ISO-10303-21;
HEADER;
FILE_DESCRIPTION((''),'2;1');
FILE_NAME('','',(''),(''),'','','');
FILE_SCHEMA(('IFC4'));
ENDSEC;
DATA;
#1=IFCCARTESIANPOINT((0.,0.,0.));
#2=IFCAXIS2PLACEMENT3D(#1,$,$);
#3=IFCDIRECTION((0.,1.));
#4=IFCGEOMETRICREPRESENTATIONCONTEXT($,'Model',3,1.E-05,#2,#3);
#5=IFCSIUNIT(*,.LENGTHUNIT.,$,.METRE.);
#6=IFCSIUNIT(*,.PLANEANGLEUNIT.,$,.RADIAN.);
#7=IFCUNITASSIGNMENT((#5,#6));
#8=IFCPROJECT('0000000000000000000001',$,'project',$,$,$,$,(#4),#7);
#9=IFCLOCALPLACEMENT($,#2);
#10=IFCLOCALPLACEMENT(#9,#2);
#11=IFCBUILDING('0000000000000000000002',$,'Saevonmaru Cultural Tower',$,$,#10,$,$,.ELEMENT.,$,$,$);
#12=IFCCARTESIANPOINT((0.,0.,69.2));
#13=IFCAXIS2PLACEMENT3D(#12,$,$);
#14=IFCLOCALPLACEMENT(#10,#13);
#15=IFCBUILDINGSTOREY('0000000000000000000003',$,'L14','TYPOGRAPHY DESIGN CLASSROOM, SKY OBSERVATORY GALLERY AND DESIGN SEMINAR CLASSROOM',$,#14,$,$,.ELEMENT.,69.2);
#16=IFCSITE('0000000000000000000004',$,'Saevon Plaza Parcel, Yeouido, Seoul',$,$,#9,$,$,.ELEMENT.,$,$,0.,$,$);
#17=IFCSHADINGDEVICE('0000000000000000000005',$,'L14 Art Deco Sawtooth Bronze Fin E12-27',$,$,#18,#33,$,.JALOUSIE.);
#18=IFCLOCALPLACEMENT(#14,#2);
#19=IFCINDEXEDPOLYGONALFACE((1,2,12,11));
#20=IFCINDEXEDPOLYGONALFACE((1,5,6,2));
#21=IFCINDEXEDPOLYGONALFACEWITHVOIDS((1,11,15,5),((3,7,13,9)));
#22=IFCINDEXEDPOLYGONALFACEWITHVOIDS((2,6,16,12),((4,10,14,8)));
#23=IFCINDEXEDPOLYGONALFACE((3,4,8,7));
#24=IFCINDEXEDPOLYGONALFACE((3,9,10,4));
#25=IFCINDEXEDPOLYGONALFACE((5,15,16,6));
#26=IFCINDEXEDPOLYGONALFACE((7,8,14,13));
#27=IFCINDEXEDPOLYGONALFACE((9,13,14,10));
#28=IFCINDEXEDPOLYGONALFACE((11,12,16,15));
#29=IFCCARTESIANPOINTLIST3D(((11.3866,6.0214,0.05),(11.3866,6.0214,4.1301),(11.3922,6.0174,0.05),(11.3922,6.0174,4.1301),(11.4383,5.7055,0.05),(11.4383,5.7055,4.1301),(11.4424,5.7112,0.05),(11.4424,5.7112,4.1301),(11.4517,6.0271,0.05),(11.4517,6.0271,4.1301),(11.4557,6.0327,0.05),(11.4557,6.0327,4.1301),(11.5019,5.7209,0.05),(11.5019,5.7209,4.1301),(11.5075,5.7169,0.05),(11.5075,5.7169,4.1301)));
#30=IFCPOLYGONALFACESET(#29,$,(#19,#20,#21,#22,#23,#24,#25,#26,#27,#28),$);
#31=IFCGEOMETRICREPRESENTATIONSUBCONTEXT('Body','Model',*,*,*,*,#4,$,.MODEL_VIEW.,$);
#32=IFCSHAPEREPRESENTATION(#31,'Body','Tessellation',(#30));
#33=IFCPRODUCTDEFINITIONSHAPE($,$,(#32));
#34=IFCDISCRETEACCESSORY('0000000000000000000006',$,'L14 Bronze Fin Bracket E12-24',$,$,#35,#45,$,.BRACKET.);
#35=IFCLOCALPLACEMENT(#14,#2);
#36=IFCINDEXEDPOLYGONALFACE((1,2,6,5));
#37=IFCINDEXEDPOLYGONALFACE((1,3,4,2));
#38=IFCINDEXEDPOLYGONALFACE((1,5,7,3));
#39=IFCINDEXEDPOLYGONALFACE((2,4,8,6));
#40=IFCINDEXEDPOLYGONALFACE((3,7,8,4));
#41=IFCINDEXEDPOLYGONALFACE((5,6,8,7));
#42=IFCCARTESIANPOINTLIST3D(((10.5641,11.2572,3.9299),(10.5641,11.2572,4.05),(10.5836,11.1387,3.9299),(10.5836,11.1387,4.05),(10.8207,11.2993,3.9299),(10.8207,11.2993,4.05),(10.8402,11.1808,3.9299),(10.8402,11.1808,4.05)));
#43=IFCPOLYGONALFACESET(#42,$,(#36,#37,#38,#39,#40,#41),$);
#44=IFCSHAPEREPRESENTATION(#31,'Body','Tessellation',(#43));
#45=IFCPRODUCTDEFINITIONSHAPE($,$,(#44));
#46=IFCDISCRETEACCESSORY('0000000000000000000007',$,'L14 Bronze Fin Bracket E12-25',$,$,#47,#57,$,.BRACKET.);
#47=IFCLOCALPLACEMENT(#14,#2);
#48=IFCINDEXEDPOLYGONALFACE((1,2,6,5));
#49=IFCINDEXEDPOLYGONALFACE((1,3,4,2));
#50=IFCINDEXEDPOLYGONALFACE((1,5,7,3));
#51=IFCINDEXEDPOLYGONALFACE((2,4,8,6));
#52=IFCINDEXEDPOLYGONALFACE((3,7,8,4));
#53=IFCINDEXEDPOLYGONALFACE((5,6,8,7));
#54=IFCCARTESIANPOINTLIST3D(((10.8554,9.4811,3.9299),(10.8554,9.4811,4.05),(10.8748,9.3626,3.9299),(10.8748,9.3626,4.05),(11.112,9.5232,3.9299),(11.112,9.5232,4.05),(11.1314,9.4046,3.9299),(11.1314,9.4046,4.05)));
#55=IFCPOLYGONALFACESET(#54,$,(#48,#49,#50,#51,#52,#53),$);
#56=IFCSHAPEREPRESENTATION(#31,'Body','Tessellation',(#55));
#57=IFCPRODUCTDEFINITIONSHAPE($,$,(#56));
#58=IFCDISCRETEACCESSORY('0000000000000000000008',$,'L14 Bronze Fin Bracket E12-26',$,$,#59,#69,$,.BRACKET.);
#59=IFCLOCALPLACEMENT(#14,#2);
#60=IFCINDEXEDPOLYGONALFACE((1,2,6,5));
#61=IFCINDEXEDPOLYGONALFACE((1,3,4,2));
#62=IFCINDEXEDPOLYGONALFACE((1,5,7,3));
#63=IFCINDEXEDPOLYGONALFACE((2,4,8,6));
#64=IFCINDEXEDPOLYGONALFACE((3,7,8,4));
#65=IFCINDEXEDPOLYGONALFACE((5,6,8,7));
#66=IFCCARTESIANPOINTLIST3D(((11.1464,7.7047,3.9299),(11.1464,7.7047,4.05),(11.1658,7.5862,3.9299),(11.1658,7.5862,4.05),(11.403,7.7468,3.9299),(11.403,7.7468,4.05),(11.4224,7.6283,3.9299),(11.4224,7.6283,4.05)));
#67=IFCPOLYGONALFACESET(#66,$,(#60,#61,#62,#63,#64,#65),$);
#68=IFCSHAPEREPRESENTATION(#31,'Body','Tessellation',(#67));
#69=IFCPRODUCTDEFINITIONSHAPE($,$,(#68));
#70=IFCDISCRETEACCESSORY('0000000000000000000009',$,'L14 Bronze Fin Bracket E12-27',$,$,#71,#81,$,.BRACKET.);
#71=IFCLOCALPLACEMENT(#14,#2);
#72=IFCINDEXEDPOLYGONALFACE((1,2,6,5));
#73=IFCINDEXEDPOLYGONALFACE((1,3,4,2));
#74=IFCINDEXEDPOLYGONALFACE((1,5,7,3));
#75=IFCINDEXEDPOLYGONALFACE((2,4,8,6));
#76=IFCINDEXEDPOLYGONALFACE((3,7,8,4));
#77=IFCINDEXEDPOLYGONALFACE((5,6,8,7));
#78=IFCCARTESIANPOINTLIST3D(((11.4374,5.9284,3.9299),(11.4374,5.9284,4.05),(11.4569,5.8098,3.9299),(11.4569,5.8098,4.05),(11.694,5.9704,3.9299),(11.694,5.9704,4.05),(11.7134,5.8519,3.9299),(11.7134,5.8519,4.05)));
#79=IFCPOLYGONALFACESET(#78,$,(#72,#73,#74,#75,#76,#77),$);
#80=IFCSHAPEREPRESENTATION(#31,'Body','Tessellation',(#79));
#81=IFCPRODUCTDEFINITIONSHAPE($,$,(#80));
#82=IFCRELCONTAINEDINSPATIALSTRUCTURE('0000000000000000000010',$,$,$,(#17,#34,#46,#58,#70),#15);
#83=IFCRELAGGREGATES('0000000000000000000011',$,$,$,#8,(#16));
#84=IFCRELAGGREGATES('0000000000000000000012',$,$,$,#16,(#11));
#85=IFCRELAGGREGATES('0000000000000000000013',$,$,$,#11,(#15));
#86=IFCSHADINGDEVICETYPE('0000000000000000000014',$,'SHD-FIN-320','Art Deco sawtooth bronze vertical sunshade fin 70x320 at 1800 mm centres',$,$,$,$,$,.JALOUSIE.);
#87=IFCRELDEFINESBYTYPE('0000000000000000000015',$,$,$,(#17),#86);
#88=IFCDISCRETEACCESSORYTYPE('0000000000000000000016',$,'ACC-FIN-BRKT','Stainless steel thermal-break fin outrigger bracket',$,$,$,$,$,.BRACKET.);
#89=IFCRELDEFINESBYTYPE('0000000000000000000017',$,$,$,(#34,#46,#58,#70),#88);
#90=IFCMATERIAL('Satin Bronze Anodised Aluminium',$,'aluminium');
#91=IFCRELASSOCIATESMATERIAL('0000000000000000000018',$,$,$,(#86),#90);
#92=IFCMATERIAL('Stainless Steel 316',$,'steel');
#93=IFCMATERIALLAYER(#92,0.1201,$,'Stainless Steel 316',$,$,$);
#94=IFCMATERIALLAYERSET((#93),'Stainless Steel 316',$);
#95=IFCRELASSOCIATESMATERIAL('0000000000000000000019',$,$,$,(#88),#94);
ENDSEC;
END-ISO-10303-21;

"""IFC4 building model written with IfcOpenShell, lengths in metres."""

from ifc_helpers import new_model, si_unit, direction, frame, origin, origin_2d, place, context, subcontext, project, spatial, rectangle, hollow_rectangle, extrude, material, layer, layer_set, material_profile, profile_set, type_object, element, save


model = new_model("IFC4")

# Units and contexts
model_context = context("Model", 3, precision=1e-05, world=origin(), true_north=direction((0.0, 1.0)))
body_context = subcontext(model_context, "Body", "Model", "MODEL_VIEW")
ifc_project = project(units=[si_unit("LENGTHUNIT", "METRE"), si_unit("PLANEANGLEUNIT", "RADIAN")], contexts=[model_context])

# Site, building, storey
site_placement = place(None, origin())
site = spatial("IfcSite", under=ifc_project, at=site_placement, Name="Saevon Plaza Parcel, Yeouido, Seoul", CompositionType="ELEMENT", RefElevation=0.0)
building_placement = place(site_placement, origin())
building = spatial("IfcBuilding", under=site, at=building_placement, Name="Saevonmaru Cultural Tower", CompositionType="ELEMENT")
storey_placement = place(building_placement, frame((0.0, 0.0, 69.2)))
storey = spatial("IfcBuildingStorey", under=building, at=storey_placement, Name="L14", Description="TYPOGRAPHY DESIGN CLASSROOM, SKY OBSERVATORY GALLERY AND DESIGN SEMINAR CLASSROOM", CompositionType="ELEMENT", Elevation=69.2)

# Shared definitions
ifc_material_1 = material(Name="Satin Bronze Anodised Aluminium", Category="aluminium")

# Shading device
ifc_material_profile_1 = material_profile(ifc_material_1, hollow_rectangle(XDim=0.0701, YDim=0.3201, WallThickness=0.0049, at=origin_2d()), Name="FIN-320x70")
ifc_profile_set_1 = profile_set([ifc_material_profile_1], Name="Satin Bronze Anodised Aluminium")
shading_device_type = type_object("IfcShadingDeviceType", Name="SHD-FIN-320", Description="Art Deco sawtooth bronze vertical sunshade fin 70x320 at 1800 mm centres", PredefinedType="JALOUSIE", material=ifc_profile_set_1)
for number, where, z_axis, x_axis, name in (
    (1, (11.447, 5.8691, 0.05), (0.0, 0.0, 1.0), (-0.986827, -0.161776, 0.0), "L14 Art Deco Sawtooth Bronze Fin E12-27"),
):
    element("IfcShadingDevice", number, at=place(storey_placement, frame(where, z_axis=z_axis, x_axis=x_axis)), inside=storey, type_object=shading_device_type, Name=name, PredefinedType="JALOUSIE", context=body_context, shape_type="SweptSolid", body=[
        extrude(hollow_rectangle(XDim=0.0701, YDim=0.3201, WallThickness=0.0049, at=origin_2d()), origin(), (0.0, 0.0, 1.0), 4.0801),
    ])

# Discrete accessories
ifc_material_2 = material(Name="Stainless Steel 316", Category="steel")
ifc_layer_1 = layer(ifc_material_2, 0.1201, Name="Stainless Steel 316")
ifc_layer_set_1 = layer_set([ifc_layer_1], Name="Stainless Steel 316")
discrete_accessory_type = type_object("IfcDiscreteAccessoryType", Name="ACC-FIN-BRKT", Description="Stainless steel thermal-break fin outrigger bracket", PredefinedType="BRACKET", material=ifc_layer_set_1)
for number, where, z_axis, x_axis, name in (
    (2, (10.7021, 11.219, 3.9299), (0.0, 0.0, 1.0), (-0.986827, -0.161776, 0.0), "L14 Bronze Fin Bracket E12-24"),
    (3, (10.9934, 9.4429, 3.9299), (0.0, 0.0, 1.0), (-0.986827, -0.161776, 0.0), "L14 Bronze Fin Bracket E12-25"),
    (4, (11.2844, 7.6665, 3.9299), (0.0, 0.0, 1.0), (-0.986827, -0.161776, 0.0), "L14 Bronze Fin Bracket E12-26"),
    (5, (11.5754, 5.8901, 3.9299), (0.0, 0.0, 1.0), (-0.986827, -0.161776, 0.0), "L14 Bronze Fin Bracket E12-27"),
):
    element("IfcDiscreteAccessory", number, at=place(storey_placement, frame(where, z_axis=z_axis, x_axis=x_axis)), inside=storey, type_object=discrete_accessory_type, Name=name, PredefinedType="BRACKET", context=body_context, shape_type="SweptSolid", body=[
        extrude(rectangle(XDim=0.26, YDim=0.1201, at=origin_2d()), origin(), (0.0, 0.0, 1.0), 0.1201),
    ])

save(model, "model.ifc")
